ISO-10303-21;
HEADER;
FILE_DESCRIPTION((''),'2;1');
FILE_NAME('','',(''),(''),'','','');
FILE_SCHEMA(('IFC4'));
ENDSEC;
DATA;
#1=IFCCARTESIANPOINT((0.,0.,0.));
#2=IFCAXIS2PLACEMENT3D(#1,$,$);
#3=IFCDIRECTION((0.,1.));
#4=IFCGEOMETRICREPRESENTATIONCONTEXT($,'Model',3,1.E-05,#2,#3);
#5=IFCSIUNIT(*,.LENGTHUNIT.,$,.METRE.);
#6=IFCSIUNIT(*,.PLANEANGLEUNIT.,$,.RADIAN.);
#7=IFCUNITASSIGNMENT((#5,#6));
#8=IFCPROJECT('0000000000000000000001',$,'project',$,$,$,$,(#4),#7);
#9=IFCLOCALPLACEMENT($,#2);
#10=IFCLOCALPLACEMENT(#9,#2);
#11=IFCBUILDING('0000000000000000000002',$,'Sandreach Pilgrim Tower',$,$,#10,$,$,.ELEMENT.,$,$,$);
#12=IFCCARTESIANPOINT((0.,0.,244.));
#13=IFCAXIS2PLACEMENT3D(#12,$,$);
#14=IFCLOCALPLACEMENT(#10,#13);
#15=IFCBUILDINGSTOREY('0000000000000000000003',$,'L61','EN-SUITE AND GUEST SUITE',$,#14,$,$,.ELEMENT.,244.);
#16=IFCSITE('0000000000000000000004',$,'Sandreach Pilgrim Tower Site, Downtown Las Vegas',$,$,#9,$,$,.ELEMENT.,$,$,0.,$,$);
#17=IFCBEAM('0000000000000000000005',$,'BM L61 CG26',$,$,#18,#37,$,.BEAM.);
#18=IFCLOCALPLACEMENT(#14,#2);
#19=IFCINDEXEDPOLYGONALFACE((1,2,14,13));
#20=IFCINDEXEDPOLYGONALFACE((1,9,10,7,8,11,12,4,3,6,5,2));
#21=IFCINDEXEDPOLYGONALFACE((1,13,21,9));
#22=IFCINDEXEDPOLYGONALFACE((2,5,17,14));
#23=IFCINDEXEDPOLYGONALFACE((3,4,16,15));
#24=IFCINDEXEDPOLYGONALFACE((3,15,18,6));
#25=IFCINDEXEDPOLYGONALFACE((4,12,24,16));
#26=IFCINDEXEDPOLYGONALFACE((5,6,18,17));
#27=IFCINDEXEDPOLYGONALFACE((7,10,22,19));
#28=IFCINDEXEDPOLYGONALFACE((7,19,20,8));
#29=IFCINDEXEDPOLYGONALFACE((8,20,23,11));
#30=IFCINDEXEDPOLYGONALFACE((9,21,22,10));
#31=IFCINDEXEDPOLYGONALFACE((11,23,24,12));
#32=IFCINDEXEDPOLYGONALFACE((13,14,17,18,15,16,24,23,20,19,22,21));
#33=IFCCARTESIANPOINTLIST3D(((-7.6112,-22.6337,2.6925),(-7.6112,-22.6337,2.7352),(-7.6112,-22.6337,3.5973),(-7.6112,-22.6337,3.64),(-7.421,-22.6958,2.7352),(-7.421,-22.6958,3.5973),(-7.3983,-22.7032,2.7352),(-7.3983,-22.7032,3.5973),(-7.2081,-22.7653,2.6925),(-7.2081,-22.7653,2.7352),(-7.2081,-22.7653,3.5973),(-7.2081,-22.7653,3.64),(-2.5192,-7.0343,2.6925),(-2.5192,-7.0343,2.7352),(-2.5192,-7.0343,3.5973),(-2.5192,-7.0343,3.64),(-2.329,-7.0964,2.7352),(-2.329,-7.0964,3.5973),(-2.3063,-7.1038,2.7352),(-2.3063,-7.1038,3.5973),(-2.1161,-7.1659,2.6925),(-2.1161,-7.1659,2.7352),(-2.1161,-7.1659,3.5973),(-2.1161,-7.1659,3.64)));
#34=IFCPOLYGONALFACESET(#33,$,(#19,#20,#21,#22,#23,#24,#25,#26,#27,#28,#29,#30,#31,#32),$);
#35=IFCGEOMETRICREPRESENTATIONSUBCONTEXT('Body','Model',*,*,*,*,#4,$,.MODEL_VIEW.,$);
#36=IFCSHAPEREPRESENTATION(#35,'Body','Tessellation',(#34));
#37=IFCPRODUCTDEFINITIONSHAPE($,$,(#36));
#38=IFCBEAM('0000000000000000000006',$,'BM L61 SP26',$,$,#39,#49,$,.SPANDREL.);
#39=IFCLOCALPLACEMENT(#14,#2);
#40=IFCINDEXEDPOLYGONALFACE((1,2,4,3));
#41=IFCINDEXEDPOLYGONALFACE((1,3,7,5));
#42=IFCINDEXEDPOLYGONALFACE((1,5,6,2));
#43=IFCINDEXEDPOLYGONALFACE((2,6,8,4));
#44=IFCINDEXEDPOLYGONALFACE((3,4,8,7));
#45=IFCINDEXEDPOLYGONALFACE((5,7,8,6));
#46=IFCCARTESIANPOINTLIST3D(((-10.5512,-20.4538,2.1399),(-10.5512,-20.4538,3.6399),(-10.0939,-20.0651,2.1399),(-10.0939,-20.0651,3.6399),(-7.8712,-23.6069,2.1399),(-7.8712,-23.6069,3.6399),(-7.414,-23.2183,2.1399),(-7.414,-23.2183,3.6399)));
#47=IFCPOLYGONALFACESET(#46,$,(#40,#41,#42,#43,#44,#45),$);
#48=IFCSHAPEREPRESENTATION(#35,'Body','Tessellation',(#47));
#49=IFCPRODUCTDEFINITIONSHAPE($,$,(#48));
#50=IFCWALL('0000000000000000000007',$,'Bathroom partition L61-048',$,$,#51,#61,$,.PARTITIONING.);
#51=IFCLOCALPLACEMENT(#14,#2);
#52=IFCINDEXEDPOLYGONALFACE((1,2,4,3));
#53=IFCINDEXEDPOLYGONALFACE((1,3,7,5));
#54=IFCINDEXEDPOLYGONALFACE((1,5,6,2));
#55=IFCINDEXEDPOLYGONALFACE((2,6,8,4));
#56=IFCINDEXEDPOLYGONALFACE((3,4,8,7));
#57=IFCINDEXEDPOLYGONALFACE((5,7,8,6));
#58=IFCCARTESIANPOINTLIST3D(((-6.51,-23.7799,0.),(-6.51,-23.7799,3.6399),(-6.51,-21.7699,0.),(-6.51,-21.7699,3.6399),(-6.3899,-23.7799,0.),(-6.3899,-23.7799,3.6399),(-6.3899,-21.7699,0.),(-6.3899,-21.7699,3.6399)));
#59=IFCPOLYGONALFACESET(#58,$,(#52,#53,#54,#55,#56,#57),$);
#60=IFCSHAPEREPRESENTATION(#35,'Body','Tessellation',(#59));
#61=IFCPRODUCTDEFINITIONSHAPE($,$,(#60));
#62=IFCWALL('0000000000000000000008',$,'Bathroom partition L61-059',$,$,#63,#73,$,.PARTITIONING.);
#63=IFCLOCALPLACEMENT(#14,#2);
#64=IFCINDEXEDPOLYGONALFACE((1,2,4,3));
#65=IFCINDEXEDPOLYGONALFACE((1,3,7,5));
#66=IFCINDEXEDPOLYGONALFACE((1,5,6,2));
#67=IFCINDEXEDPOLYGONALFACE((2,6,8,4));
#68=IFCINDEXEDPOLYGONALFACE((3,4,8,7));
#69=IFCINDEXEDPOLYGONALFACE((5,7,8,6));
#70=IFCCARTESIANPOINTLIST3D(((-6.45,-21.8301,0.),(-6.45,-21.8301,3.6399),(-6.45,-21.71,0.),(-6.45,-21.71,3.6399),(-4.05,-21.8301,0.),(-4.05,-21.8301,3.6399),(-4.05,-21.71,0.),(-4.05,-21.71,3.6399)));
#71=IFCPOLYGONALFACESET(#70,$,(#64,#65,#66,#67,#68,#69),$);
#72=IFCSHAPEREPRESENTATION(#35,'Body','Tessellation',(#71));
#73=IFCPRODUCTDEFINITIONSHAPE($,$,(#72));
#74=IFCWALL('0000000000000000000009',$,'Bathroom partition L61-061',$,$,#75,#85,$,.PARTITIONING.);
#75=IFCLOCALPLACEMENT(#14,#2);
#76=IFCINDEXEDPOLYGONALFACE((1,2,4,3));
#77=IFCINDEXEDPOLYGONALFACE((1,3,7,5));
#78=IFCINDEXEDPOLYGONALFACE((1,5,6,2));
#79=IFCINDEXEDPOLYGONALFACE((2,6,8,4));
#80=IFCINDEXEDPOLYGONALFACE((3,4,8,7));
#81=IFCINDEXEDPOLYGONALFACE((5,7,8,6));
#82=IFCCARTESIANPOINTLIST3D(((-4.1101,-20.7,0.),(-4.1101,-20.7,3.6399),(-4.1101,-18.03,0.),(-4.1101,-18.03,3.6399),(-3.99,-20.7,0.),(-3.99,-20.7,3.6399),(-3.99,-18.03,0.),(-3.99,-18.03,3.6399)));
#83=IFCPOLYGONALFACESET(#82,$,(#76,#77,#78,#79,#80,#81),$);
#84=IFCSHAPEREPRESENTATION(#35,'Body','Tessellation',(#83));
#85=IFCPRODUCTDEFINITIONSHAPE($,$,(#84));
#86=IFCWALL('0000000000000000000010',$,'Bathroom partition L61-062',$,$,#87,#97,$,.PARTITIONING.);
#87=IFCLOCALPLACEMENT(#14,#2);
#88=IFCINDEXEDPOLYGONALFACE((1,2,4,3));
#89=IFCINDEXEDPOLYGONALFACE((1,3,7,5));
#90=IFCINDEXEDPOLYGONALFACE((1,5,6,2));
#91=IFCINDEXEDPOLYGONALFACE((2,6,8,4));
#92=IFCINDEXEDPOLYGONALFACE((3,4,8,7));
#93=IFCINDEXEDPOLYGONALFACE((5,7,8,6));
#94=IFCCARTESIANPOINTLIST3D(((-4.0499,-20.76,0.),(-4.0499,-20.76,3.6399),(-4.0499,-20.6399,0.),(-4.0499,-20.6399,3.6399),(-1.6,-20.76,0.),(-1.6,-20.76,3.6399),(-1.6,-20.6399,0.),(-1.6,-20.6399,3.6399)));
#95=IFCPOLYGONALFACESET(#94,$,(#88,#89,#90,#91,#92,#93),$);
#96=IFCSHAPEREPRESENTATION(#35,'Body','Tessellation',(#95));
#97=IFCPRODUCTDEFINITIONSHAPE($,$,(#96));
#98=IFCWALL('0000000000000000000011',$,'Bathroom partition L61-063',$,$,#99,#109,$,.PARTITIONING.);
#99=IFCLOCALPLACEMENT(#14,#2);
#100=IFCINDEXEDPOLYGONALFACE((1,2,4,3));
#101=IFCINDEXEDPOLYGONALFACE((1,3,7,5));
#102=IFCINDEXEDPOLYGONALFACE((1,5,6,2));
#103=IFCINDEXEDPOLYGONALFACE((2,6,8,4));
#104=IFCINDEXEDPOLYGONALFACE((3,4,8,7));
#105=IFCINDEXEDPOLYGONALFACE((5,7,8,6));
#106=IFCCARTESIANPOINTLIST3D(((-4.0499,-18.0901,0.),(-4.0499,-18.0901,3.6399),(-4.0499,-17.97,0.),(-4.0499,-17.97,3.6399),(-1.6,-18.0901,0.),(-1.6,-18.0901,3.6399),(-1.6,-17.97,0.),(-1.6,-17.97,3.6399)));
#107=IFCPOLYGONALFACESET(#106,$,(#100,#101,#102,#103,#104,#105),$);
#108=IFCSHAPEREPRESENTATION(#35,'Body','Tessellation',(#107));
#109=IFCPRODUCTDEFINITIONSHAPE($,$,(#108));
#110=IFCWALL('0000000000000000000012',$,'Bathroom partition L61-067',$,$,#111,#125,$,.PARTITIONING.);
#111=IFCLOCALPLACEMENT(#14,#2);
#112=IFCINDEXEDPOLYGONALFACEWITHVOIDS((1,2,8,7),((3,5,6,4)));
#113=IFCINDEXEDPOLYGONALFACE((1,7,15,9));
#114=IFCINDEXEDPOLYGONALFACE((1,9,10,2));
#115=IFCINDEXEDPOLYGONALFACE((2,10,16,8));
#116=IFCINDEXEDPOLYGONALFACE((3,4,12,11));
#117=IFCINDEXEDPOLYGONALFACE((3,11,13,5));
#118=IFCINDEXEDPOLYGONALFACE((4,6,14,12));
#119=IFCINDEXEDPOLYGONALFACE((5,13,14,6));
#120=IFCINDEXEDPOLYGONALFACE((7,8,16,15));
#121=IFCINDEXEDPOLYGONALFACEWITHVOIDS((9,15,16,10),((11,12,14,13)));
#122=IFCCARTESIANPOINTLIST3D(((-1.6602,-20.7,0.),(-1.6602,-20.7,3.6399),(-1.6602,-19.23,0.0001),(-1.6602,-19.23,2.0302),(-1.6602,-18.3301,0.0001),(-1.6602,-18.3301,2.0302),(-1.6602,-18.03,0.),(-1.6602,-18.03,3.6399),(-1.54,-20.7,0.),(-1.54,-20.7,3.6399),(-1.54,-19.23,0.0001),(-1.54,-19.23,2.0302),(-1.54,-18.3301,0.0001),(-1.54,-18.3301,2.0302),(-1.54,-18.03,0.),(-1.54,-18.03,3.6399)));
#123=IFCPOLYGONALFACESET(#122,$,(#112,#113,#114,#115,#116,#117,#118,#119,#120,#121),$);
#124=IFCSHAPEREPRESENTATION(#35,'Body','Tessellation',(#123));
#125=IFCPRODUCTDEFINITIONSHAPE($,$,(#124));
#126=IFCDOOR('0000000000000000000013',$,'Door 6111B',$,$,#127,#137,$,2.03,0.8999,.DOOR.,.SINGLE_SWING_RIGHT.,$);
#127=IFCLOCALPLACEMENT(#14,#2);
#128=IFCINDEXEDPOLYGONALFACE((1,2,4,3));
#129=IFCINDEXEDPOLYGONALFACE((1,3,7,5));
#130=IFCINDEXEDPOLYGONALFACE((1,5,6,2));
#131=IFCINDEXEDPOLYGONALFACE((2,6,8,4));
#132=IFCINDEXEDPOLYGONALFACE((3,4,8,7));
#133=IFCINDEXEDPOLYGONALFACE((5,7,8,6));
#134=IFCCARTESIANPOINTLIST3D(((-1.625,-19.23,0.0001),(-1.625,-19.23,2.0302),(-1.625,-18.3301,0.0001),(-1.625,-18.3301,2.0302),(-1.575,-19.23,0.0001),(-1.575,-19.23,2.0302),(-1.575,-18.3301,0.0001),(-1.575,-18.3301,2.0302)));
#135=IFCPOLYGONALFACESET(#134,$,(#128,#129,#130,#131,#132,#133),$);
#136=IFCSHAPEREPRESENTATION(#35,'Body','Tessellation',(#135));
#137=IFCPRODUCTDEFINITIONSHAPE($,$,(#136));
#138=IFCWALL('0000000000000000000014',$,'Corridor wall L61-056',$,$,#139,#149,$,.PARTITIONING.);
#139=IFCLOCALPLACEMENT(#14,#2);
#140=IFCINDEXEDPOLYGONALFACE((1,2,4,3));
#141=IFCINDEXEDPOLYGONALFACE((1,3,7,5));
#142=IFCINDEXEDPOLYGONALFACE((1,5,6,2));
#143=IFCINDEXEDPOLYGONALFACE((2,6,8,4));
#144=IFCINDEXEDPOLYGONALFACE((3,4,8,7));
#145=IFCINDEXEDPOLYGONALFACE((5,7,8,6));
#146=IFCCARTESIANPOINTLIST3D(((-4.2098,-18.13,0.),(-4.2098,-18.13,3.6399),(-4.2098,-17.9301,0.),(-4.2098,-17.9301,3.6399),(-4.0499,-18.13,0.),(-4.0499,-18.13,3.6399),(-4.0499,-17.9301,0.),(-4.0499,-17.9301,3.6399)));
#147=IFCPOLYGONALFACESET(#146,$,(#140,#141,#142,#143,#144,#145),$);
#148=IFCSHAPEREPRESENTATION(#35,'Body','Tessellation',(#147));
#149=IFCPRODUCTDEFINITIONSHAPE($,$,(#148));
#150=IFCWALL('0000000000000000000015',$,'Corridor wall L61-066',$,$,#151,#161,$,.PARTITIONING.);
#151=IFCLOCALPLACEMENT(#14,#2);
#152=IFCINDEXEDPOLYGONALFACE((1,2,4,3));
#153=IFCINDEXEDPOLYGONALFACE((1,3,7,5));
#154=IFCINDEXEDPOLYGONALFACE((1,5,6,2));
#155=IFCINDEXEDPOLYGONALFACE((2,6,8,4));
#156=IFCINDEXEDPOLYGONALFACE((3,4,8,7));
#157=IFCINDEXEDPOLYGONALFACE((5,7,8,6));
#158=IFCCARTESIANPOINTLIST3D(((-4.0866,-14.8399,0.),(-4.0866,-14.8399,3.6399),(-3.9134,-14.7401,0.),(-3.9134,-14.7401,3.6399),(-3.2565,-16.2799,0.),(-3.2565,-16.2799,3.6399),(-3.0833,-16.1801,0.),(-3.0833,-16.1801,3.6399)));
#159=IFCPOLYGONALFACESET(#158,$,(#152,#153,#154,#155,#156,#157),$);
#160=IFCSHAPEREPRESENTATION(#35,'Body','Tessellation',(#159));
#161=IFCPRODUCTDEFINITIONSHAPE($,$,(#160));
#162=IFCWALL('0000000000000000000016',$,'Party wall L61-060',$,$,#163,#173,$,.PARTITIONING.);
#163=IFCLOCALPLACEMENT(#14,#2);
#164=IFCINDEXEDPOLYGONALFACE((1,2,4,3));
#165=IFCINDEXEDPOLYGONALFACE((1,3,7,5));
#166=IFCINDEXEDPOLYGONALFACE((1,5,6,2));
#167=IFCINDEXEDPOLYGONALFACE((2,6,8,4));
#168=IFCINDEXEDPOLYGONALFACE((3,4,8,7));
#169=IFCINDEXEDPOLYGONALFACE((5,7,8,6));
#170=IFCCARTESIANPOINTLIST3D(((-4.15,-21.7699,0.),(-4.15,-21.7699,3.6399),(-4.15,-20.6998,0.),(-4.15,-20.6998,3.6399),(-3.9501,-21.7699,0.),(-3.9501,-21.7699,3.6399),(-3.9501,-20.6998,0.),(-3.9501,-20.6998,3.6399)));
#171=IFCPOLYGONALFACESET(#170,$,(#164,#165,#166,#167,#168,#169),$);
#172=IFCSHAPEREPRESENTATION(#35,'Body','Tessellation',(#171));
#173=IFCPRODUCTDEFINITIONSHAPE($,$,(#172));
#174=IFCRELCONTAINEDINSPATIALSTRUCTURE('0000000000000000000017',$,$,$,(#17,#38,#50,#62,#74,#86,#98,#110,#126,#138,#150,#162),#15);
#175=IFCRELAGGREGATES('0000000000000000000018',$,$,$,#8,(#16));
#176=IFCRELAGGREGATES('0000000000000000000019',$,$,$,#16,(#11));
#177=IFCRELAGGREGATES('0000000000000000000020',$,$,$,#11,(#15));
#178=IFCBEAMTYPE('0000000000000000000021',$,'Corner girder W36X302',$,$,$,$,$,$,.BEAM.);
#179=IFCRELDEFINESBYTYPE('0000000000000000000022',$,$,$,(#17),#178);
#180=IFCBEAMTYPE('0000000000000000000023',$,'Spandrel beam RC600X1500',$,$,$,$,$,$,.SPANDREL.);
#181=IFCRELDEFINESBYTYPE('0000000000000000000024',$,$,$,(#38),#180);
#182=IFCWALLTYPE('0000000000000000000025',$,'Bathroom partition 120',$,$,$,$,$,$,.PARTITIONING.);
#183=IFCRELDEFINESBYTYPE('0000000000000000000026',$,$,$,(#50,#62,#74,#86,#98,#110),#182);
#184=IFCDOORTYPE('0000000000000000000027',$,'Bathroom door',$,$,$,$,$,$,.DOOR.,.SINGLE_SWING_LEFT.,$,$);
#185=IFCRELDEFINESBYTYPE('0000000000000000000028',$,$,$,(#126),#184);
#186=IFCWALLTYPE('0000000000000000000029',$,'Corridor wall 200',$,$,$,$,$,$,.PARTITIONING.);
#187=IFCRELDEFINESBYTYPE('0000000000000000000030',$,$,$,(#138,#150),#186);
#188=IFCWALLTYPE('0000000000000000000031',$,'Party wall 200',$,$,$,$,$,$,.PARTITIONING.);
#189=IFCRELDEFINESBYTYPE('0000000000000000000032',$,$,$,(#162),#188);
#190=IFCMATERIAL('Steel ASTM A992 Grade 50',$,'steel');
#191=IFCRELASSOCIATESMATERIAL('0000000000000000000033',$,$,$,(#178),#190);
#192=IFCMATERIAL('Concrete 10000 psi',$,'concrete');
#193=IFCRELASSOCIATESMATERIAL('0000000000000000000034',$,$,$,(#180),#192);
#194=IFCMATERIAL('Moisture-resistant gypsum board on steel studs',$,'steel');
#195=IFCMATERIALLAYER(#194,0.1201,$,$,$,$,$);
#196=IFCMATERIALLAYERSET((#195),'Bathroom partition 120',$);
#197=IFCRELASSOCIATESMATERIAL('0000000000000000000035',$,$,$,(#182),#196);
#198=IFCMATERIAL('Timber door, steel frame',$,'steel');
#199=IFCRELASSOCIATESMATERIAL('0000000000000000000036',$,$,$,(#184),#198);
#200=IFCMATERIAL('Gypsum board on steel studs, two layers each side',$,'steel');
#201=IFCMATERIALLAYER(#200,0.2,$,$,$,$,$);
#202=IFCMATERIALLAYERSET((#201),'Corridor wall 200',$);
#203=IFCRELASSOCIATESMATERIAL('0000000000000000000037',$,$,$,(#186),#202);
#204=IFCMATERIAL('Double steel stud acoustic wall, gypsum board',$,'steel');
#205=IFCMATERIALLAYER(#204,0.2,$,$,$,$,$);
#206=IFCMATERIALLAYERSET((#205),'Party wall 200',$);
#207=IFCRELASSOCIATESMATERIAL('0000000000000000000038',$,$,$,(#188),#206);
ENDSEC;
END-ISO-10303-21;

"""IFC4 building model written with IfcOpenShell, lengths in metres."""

from ifc_helpers import new_model, si_unit, direction, frame, frame_2d, origin, origin_2d, place, context, subcontext, project, spatial, rectangle, i_section, extrude, material, layer, layer_set, material_profile, profile_set, type_object, element, fill, save


model = new_model("IFC4")

# Units and contexts
model_context = context("Model", 3, precision=1e-05, world=origin(), true_north=direction((0.0, 1.0)))
body_context = subcontext(model_context, "Body", "Model", "MODEL_VIEW")
ifc_project = project(units=[si_unit("LENGTHUNIT", "METRE"), si_unit("PLANEANGLEUNIT", "RADIAN")], contexts=[model_context])

# Site, building, storey
site_placement = place(None, origin())
site = spatial("IfcSite", under=ifc_project, at=site_placement, Name="Sandreach Pilgrim Tower Site, Downtown Las Vegas", CompositionType="ELEMENT", RefElevation=0.0)
building_placement = place(site_placement, origin())
building = spatial("IfcBuilding", under=site, at=building_placement, Name="Sandreach Pilgrim Tower", CompositionType="ELEMENT")
storey_placement = place(building_placement, frame((0.0, 0.0, 244.0)))
storey = spatial("IfcBuildingStorey", under=building, at=storey_placement, Name="L61", Description="EN-SUITE AND GUEST SUITE", CompositionType="ELEMENT", Elevation=244.0)

# Beams
ifc_material_1 = material(Name="Steel ASTM A992 Grade 50", Category="steel")
ifc_material_profile_1 = material_profile(ifc_material_1, i_section(OverallWidth=0.4241, OverallDepth=0.9475, WebThickness=0.0239, FlangeThickness=0.0427, at=origin_2d()), Name="W36X302")
ifc_profile_set_1 = profile_set([ifc_material_profile_1], Name="Steel ASTM A992 Grade 50")
beam_type_1 = type_object("IfcBeamType", Name="Corner girder W36X302", PredefinedType="BEAM", material=ifc_profile_set_1)
beam_1_placement = place(storey_placement, frame((-7.4097, -22.6995, 3.1663), z_axis=(0.310312, 0.950635, 0.0), x_axis=(-0.950635, 0.310312, 0.0)))
element("IfcBeam", 1, at=beam_1_placement, inside=storey, type_object=beam_type_1, Name="BM L61 CG26", PredefinedType="BEAM", context=body_context, shape_type="SweptSolid", body=[
    extrude(i_section(OverallWidth=0.4241, OverallDepth=0.9475, WebThickness=0.0239, FlangeThickness=0.0427, at=origin_2d()), origin(), (0.0, 0.0, 1.0), 16.4094),
])
ifc_material_2 = material(Name="Concrete 10000 psi", Category="concrete")
ifc_material_profile_2 = material_profile(ifc_material_2, rectangle(XDim=0.6001, YDim=1.5, at=origin_2d()), Name="RC600X1500")
ifc_profile_set_2 = profile_set([ifc_material_profile_2], Name="Concrete 10000 psi")
beam_type_2 = type_object("IfcBeamType", Name="Spandrel beam RC600X1500", PredefinedType="SPANDREL", material=ifc_profile_set_2)
beam_2_placement = place(storey_placement, frame((-7.6426, -23.4126, 2.8899), z_axis=(-0.647623, 0.761961, 0.0), x_axis=(-0.761961, -0.647623, 0.0)))
element("IfcBeam", 2, at=beam_2_placement, inside=storey, type_object=beam_type_2, Name="BM L61 SP26", PredefinedType="SPANDREL", context=body_context, shape_type="SweptSolid", body=[
    extrude(rectangle(XDim=0.6001, YDim=1.5, at=origin_2d()), origin(), (0.0, 0.0, 1.0), 4.1382),
])

# Walls
ifc_material_3 = material(Name="Moisture-resistant gypsum board on steel studs", Category="steel")
ifc_layer_1 = layer(ifc_material_3, 0.1201)
ifc_layer_set_1 = layer_set([ifc_layer_1], Name="Bathroom partition 120")
wall_type_1 = type_object("IfcWallType", Name="Bathroom partition 120", PredefinedType="PARTITIONING", material=ifc_layer_set_1)
wall_1_placement = place(storey_placement, frame((-6.45, -21.77, 0.0), z_axis=(0.0, 0.0, 1.0), x_axis=(0.0, -1.0, 0.0)))
element("IfcWall", 3, at=wall_1_placement, inside=storey, type_object=wall_type_1, Name="Bathroom partition L61-048", PredefinedType="PARTITIONING", context=body_context, shape_type="SweptSolid", body=[
    extrude(rectangle(XDim=2.01, YDim=0.1201, at=frame_2d((1.0049, 0.0))), origin(), (0.0, 0.0, 1.0), 3.6399),
])
wall_2_placement = place(storey_placement, frame((-4.05, -21.77, 0.0), z_axis=(0.0, 0.0, 1.0), x_axis=(-1.0, 0.0, 0.0)))
element("IfcWall", 4, at=wall_2_placement, inside=storey, type_object=wall_type_1, Name="Bathroom partition L61-059", PredefinedType="PARTITIONING", context=body_context, shape_type="SweptSolid", body=[
    extrude(rectangle(XDim=2.3999, YDim=0.1201, at=frame_2d((1.2, 0.0))), origin(), (0.0, 0.0, 1.0), 3.6399),
])
wall_3_placement = place(storey_placement, frame((-4.05, -20.7, 0.0), z_axis=(0.0, 0.0, 1.0), x_axis=(0.0, 1.0, 0.0)))
element("IfcWall", 5, at=wall_3_placement, inside=storey, type_object=wall_type_1, Name="Bathroom partition L61-061", PredefinedType="PARTITIONING", context=body_context, shape_type="SweptSolid", body=[
    extrude(rectangle(XDim=2.6699, YDim=0.1201, at=frame_2d((1.335, 0.0))), origin(), (0.0, 0.0, 1.0), 3.6399),
])
for number, where, z_axis, x_axis, name in (
    (6, (-4.05, -20.7, 0.0), (0.0, 0.0, 1.0), (1.0, 0.0, 0.0), "Bathroom partition L61-062"),
    (7, (-4.05, -18.03, 0.0), (0.0, 0.0, 1.0), (1.0, 0.0, 0.0), "Bathroom partition L61-063"),
):
    element("IfcWall", number, at=place(storey_placement, frame(where, z_axis=z_axis, x_axis=x_axis)), inside=storey, type_object=wall_type_1, Name=name, PredefinedType="PARTITIONING", context=body_context, shape_type="SweptSolid", body=[
        extrude(rectangle(XDim=2.45, YDim=0.1201, at=frame_2d((1.2251, 0.0))), origin(), (0.0, 0.0, 1.0), 3.6399),
    ])

# Wall, opening, door
wall_4_placement = place(storey_placement, frame((-1.6001, -20.7, 0.0), z_axis=(0.0, 0.0, 1.0), x_axis=(0.0, 1.0, 0.0)))
wall_4 = element("IfcWall", 8, at=wall_4_placement, inside=storey, type_object=wall_type_1, Name="Bathroom partition L61-067", PredefinedType="PARTITIONING", context=body_context, shape_type="SweptSolid", body=[
    extrude(rectangle(XDim=2.6699, YDim=0.1201, at=frame_2d((1.335, 0.0))), origin(), (0.0, 0.0, 1.0), 3.6399),
])
opening_1_placement = place(wall_4_placement, frame((1.47, 0.0, 0.0)))
opening_1 = element("IfcOpeningElement", 9, at=opening_1_placement, cuts=wall_4, PredefinedType="OPENING", context=body_context, shape_type="SweptSolid", body=[
    extrude(rectangle(XDim=0.8999, YDim=2.03, at=frame_2d((0.45, 1.0151))), frame((0.0, 0.0601, 0.0), z_axis=(0.0, -1.0, 0.0), x_axis=(1.0, 0.0, 0.0)), (0.0, 0.0, 1.0), 0.1201),
])
ifc_material_4 = material(Name="Timber door, steel frame", Category="steel")
door_type_1 = type_object("IfcDoorType", Name="Bathroom door", OperationType="SINGLE_SWING_LEFT", PredefinedType="DOOR", material=ifc_material_4)
door_1_placement = place(opening_1_placement, origin())
door_1 = element("IfcDoor", 10, at=door_1_placement, inside=storey, type_object=door_type_1, Name="Door 6111B", OperationType="SINGLE_SWING_RIGHT", OverallHeight=2.03, OverallWidth=0.8999, PredefinedType="DOOR", context=body_context, shape_type="SweptSolid", body=[
    extrude(rectangle(XDim=0.8999, YDim=2.03, at=frame_2d((0.45, 1.0151))), frame((0.0, 0.0249, 0.0), z_axis=(0.0, -1.0, 0.0), x_axis=(1.0, 0.0, 0.0)), (0.0, 0.0, 1.0), 0.05),
])
fill(opening_1, door_1)
ifc_material_5 = material(Name="Gypsum board on steel studs, two layers each side", Category="steel")
ifc_layer_2 = layer(ifc_material_5, 0.2)
ifc_layer_set_2 = layer_set([ifc_layer_2], Name="Corridor wall 200")
wall_type_2 = type_object("IfcWallType", Name="Corridor wall 200", PredefinedType="PARTITIONING", material=ifc_layer_set_2)

# Wall
wall_5_placement = place(storey_placement, frame((-4.21, -18.03, 0.0), z_axis=(0.0, 0.0, 1.0), x_axis=(1.0, 0.0, 0.0)))
element("IfcWall", 11, at=wall_5_placement, inside=storey, type_object=wall_type_2, Name="Corridor wall L61-056", PredefinedType="PARTITIONING", context=body_context, shape_type="SweptSolid", body=[
    extrude(rectangle(XDim=0.1599, YDim=0.2, at=frame_2d((0.0801, 0.0))), origin(), (0.0, 0.0, 1.0), 3.6399),
])

# Wall
wall_6_placement = place(storey_placement, frame((-3.1699, -16.23, 0.0), z_axis=(0.0, 0.0, 1.0), x_axis=(-0.499426, 0.866357, 0.0)))
element("IfcWall", 12, at=wall_6_placement, inside=storey, type_object=wall_type_2, Name="Corridor wall L61-066", PredefinedType="PARTITIONING", context=body_context, shape_type="SweptSolid", body=[
    extrude(rectangle(XDim=1.6621, YDim=0.2, at=frame_2d((0.8311, 0.0))), origin(), (0.0, 0.0, 1.0), 3.6399),
])

# Wall
ifc_material_6 = material(Name="Double steel stud acoustic wall, gypsum board", Category="steel")
ifc_layer_3 = layer(ifc_material_6, 0.2)
ifc_layer_set_3 = layer_set([ifc_layer_3], Name="Party wall 200")
wall_type_3 = type_object("IfcWallType", Name="Party wall 200", PredefinedType="PARTITIONING", material=ifc_layer_set_3)
wall_7_placement = place(storey_placement, frame((-4.05, -21.77, 0.0), z_axis=(0.0, 0.0, 1.0), x_axis=(0.0, 1.0, 0.0)))
element("IfcWall", 13, at=wall_7_placement, inside=storey, type_object=wall_type_3, Name="Party wall L61-060", PredefinedType="PARTITIONING", context=body_context, shape_type="SweptSolid", body=[
    extrude(rectangle(XDim=1.0701, YDim=0.2, at=frame_2d((0.5352, 0.0))), origin(), (0.0, 0.0, 1.0), 3.6399),
])

save(model, "model.ifc")
